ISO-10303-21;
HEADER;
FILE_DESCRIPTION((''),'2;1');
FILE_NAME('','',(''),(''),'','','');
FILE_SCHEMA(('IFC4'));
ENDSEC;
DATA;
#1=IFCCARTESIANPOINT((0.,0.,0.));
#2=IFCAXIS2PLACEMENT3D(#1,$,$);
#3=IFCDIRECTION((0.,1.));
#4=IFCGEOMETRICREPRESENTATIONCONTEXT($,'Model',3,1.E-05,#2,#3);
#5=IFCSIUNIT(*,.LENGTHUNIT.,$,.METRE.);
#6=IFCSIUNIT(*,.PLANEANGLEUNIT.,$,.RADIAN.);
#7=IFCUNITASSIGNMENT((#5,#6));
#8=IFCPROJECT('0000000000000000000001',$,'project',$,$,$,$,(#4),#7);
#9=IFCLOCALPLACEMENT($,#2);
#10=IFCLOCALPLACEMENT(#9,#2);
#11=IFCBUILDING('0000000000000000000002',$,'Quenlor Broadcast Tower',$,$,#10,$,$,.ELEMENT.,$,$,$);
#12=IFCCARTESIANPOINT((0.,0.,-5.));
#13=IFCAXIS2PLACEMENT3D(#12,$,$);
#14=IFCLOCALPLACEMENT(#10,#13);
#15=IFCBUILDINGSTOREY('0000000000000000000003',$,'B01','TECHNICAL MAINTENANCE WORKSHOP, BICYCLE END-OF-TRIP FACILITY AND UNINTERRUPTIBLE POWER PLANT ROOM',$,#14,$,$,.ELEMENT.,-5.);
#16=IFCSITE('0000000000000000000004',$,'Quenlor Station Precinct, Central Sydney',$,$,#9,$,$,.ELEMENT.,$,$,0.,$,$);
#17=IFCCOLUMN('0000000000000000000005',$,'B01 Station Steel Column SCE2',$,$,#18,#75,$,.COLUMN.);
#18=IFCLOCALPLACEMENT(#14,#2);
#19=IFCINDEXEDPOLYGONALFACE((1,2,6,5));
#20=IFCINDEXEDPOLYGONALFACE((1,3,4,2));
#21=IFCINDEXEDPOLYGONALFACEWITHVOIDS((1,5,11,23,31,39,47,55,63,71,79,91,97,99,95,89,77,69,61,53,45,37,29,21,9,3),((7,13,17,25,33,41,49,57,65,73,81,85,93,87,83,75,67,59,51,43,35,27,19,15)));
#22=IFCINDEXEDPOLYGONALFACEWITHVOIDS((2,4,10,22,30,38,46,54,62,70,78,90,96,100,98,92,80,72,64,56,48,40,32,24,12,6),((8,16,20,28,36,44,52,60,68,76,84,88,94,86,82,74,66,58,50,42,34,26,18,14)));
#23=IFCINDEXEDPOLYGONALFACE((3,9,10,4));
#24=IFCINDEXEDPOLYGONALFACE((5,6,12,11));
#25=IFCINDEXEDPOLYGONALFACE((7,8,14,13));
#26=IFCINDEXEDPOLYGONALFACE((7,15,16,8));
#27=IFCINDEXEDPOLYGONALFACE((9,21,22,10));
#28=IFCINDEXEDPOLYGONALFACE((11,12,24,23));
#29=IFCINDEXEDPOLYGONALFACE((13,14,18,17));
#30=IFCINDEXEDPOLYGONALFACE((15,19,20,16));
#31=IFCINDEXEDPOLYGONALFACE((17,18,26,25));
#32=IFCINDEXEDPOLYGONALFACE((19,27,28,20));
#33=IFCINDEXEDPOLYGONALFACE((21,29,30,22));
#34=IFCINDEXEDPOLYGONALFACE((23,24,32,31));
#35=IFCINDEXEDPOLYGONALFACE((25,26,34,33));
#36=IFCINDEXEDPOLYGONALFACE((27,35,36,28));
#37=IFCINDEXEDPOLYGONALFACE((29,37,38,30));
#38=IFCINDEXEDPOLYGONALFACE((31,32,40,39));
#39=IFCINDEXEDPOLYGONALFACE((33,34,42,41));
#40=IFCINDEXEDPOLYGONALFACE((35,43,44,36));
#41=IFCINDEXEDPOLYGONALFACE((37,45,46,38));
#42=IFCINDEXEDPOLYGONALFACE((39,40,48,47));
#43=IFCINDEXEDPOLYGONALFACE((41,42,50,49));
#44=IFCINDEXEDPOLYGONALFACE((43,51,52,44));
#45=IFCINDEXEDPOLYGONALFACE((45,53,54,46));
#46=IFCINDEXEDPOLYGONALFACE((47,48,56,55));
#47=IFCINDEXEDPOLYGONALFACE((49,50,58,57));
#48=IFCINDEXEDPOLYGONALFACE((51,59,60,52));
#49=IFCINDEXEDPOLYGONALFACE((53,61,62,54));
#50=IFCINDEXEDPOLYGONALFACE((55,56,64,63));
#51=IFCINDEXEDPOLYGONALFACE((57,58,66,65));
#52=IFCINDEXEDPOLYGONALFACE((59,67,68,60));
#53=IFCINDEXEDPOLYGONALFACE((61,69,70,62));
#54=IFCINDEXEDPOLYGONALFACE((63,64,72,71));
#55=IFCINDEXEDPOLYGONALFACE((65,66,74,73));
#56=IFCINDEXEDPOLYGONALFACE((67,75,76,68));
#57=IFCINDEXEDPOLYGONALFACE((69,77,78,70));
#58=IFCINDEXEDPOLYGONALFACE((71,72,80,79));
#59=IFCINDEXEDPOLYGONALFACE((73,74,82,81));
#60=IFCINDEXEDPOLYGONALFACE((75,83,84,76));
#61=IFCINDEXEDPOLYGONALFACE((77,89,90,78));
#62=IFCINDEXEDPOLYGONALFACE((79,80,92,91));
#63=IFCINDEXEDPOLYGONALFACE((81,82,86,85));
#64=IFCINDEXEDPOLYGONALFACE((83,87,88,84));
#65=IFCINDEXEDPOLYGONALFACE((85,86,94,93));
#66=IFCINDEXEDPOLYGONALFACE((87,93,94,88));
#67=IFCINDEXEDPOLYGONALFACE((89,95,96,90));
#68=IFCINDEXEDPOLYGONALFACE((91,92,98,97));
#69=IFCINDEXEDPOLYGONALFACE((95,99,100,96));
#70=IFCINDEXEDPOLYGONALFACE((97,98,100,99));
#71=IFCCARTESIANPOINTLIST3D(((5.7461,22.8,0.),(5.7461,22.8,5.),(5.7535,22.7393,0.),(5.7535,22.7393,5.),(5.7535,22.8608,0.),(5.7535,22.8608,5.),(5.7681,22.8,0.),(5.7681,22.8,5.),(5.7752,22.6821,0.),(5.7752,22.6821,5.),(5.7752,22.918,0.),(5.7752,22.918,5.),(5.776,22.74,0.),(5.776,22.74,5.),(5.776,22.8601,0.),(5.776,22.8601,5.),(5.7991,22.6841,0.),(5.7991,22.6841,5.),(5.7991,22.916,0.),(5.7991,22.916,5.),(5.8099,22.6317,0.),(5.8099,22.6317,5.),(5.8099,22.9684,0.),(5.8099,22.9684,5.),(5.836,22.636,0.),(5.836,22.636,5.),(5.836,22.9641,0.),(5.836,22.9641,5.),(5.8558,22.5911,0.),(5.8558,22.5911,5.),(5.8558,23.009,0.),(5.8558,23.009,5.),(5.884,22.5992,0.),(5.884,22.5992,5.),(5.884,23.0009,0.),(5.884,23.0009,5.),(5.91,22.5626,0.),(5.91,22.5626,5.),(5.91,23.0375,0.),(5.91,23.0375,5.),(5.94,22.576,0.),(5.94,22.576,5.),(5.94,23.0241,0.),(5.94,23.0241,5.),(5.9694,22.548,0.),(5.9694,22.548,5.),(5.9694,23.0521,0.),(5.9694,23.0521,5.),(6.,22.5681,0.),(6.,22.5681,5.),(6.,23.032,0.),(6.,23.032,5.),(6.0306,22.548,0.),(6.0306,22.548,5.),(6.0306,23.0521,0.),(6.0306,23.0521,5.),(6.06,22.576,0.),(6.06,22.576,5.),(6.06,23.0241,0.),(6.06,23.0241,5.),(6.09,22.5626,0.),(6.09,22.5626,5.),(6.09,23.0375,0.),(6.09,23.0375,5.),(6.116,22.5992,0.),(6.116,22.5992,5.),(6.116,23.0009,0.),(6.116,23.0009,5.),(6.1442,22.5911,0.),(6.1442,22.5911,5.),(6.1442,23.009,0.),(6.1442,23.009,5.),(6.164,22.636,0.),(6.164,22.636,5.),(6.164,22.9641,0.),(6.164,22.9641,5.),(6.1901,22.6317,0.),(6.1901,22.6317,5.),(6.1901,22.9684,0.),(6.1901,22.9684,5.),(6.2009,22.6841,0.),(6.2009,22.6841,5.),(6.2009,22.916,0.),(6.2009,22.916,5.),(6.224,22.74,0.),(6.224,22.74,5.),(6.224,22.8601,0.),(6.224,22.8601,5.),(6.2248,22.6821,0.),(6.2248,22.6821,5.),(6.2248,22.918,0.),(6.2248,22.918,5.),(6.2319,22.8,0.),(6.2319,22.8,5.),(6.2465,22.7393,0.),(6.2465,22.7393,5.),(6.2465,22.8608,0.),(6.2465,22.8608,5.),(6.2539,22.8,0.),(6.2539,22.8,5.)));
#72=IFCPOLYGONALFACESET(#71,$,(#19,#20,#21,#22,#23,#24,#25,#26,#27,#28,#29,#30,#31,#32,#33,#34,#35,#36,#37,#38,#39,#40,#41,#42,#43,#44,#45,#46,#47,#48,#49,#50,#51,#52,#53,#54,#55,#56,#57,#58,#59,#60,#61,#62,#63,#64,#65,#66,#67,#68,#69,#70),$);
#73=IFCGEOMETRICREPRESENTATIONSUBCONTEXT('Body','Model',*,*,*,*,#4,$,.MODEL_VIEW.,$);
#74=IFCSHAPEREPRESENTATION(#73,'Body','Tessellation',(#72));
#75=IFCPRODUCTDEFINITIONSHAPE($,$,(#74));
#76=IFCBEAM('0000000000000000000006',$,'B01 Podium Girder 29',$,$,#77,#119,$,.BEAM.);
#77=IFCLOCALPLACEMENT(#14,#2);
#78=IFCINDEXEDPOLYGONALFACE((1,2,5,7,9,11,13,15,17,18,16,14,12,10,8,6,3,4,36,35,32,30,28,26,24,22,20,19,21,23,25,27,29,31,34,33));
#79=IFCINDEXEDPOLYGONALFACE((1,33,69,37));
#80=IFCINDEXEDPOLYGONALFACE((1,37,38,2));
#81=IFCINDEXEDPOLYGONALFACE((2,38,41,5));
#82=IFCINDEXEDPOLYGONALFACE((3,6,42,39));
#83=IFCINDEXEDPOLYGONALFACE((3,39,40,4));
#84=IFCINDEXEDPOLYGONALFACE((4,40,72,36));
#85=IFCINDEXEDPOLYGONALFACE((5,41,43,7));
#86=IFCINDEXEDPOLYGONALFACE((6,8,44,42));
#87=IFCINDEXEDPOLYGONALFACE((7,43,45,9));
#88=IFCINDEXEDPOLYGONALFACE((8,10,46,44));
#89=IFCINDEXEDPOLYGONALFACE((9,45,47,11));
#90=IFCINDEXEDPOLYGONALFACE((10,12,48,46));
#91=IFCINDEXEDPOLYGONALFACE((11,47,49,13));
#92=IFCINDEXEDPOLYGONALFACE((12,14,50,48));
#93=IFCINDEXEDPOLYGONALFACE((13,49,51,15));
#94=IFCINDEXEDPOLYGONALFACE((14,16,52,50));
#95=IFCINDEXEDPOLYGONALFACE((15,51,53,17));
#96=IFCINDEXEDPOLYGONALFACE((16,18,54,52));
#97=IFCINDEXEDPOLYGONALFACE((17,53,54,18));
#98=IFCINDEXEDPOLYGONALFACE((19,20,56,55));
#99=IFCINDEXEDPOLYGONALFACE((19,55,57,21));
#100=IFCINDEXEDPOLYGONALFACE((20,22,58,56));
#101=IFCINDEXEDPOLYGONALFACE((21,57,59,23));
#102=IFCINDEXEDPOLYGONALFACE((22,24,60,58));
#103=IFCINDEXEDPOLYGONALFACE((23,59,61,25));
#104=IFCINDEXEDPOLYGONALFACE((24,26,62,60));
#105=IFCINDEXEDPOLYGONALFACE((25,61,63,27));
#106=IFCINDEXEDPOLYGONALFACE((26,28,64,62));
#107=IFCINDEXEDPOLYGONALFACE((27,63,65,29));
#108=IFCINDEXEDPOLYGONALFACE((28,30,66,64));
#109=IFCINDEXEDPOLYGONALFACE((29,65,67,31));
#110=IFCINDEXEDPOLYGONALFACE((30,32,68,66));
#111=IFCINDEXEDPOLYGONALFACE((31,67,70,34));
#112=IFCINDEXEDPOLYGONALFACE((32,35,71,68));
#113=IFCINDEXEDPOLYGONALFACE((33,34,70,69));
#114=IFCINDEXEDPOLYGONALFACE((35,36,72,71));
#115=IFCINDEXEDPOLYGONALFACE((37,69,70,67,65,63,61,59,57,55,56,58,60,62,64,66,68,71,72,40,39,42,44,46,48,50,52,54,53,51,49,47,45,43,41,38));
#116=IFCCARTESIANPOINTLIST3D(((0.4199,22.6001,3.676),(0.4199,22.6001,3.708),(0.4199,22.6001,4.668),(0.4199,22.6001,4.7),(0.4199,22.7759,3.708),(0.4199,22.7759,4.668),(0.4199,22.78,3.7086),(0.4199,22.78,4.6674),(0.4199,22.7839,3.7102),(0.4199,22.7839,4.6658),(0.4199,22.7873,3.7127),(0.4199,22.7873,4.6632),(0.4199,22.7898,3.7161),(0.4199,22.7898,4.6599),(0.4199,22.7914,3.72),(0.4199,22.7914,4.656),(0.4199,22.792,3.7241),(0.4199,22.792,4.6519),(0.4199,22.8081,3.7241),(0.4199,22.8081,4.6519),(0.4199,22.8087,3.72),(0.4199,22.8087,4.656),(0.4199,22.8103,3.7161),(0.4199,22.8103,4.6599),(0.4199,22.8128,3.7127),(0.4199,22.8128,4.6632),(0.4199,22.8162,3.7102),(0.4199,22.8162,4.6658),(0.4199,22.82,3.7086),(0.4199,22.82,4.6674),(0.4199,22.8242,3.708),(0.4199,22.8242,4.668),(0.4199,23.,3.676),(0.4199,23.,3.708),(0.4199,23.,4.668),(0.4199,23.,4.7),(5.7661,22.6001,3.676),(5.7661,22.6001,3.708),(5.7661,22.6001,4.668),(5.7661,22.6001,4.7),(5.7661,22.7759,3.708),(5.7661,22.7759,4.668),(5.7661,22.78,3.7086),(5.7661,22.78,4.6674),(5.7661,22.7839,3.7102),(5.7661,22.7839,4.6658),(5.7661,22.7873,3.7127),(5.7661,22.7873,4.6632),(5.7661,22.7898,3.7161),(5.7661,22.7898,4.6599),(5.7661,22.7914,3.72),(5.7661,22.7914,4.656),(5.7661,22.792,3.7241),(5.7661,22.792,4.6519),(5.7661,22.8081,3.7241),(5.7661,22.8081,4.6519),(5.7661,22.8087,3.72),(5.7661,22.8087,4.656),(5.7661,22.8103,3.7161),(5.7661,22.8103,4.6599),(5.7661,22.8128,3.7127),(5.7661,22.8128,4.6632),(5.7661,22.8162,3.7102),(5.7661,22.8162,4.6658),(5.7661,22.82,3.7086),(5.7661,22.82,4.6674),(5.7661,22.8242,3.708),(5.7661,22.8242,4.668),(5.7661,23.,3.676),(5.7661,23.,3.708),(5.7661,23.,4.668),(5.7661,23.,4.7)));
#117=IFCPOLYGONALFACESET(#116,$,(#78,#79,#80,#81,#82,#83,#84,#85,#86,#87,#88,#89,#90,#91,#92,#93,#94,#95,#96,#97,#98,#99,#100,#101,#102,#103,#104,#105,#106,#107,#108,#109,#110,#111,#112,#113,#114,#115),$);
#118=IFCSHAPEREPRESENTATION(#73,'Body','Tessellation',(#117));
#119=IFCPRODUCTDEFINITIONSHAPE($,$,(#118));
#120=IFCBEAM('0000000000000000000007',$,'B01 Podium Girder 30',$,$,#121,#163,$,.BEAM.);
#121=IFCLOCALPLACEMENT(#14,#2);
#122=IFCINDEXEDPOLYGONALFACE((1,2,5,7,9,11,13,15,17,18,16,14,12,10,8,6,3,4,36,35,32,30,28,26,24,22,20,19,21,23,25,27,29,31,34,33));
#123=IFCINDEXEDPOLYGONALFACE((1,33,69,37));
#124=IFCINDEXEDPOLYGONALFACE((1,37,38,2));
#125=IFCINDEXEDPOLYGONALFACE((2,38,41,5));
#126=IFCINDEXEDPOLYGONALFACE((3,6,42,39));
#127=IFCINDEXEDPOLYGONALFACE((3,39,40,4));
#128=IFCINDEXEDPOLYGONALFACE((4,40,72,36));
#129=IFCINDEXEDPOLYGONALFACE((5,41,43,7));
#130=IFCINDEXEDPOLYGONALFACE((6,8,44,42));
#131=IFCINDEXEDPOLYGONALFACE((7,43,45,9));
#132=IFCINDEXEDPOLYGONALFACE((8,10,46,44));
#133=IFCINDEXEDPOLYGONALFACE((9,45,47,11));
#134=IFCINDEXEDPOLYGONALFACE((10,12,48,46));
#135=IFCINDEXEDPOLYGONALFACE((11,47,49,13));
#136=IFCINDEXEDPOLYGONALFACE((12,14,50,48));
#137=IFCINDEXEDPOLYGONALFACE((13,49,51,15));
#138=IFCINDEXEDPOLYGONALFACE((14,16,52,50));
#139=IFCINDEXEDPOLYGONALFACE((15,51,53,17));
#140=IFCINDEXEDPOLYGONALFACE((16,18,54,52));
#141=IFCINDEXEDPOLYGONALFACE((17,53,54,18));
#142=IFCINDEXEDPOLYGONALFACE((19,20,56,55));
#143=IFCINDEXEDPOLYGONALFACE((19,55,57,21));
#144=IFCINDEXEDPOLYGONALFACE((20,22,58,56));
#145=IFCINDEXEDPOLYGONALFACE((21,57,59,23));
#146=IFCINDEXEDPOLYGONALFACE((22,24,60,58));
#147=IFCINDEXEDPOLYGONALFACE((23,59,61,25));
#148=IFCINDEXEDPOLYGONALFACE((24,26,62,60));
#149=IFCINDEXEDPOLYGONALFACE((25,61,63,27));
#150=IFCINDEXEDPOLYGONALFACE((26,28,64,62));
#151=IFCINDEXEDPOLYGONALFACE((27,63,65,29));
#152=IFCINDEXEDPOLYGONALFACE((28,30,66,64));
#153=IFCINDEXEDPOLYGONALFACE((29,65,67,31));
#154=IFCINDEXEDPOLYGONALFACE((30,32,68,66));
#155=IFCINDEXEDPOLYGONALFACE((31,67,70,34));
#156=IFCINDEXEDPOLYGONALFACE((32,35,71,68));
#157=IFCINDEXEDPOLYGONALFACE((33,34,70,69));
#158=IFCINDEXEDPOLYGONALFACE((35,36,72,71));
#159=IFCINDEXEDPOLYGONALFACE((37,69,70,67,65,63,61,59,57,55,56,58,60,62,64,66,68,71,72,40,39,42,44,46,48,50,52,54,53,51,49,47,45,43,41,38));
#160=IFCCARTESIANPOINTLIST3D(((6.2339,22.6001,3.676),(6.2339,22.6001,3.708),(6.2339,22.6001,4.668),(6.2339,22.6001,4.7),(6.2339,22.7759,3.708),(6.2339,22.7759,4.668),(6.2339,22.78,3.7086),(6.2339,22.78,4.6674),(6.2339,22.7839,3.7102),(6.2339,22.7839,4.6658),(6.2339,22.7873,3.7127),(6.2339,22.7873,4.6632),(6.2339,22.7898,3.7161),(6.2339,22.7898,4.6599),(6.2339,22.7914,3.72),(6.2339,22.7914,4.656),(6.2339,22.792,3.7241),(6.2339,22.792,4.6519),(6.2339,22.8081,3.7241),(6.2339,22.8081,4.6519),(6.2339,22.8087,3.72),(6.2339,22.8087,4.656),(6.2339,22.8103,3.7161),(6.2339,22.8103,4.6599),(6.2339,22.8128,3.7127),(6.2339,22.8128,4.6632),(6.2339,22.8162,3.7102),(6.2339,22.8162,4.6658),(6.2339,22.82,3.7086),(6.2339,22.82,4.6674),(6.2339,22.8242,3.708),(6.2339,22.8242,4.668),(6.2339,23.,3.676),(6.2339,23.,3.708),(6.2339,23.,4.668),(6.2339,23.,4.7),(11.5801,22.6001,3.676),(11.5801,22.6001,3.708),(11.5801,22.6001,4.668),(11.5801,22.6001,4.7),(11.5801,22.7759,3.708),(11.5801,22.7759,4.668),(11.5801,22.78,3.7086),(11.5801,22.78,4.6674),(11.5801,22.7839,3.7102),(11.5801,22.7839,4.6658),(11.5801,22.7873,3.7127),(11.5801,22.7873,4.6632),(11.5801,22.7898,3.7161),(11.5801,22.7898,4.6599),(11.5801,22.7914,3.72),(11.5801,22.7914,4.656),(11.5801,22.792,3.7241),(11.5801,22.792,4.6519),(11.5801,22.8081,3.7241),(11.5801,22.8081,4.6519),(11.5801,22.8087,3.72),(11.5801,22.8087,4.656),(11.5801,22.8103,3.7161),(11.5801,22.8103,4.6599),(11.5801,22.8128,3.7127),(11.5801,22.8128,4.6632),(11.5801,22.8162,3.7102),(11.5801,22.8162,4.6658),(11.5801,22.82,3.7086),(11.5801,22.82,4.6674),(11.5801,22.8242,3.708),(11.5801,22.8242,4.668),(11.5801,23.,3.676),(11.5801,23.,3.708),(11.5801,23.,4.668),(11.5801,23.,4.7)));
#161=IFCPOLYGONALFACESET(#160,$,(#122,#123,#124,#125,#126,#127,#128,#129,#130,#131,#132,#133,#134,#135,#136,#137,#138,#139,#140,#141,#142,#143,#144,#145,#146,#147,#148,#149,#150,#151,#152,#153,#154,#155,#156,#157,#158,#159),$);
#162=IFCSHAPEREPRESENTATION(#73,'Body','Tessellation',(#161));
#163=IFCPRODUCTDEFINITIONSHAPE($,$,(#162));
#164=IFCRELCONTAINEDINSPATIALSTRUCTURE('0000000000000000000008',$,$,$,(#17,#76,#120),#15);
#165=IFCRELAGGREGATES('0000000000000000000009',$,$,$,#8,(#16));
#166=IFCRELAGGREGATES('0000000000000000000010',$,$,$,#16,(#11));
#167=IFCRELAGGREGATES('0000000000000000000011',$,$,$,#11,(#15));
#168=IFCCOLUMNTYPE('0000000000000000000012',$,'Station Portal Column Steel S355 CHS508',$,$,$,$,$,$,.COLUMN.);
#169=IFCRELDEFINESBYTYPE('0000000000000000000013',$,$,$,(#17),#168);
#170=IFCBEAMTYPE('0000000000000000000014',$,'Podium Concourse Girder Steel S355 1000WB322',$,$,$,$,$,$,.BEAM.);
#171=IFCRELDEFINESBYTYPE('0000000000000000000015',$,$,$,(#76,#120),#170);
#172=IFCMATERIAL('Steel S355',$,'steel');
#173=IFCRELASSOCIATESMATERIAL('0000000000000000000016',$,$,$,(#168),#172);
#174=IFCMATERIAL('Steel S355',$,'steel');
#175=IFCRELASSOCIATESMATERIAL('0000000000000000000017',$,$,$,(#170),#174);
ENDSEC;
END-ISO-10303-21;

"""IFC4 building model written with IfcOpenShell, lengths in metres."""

from ifc_helpers import new_model, si_unit, direction, frame, origin, origin_2d, place, context, subcontext, project, spatial, hollow_circle, i_section, extrude, material, material_profile, profile_set, type_object, element, save


model = new_model("IFC4")

# Units and contexts
model_context = context("Model", 3, precision=1e-05, world=origin(), true_north=direction((0.0, 1.0)))
body_context = subcontext(model_context, "Body", "Model", "MODEL_VIEW")
ifc_project = project(units=[si_unit("LENGTHUNIT", "METRE"), si_unit("PLANEANGLEUNIT", "RADIAN")], contexts=[model_context])

# Site, building, storey
site_placement = place(None, origin())
site = spatial("IfcSite", under=ifc_project, at=site_placement, Name="Quenlor Station Precinct, Central Sydney", CompositionType="ELEMENT", RefElevation=0.0)
building_placement = place(site_placement, origin())
building = spatial("IfcBuilding", under=site, at=building_placement, Name="Quenlor Broadcast Tower", CompositionType="ELEMENT")
storey_placement = place(building_placement, frame((0.0, 0.0, -5.0)))
storey = spatial("IfcBuildingStorey", under=building, at=storey_placement, Name="B01", Description="TECHNICAL MAINTENANCE WORKSHOP, BICYCLE END-OF-TRIP FACILITY AND UNINTERRUPTIBLE POWER PLANT ROOM", CompositionType="ELEMENT", Elevation=-5.0)

# Column
ifc_material_1 = material(Name="Steel S355", Category="steel")
ifc_material_profile_1 = material_profile(ifc_material_1, hollow_circle(Radius=0.2539, WallThickness=0.022, at=origin_2d()))
ifc_profile_set_1 = profile_set([ifc_material_profile_1], Name="Steel S355 CHS508x22")
column_type_1 = type_object("IfcColumnType", Name="Station Portal Column Steel S355 CHS508", PredefinedType="COLUMN", material=ifc_profile_set_1)
column_1_placement = place(storey_placement, frame((6.0, 22.8, 0.0), z_axis=(0.0, 0.0, 1.0), x_axis=(1.0, 0.0, 0.0)))
element("IfcColumn", 1, at=column_1_placement, inside=storey, type_object=column_type_1, Name="B01 Station Steel Column SCE2", PredefinedType="COLUMN", context=body_context, shape_type="SweptSolid", body=[
    extrude(hollow_circle(Radius=0.2539, WallThickness=0.022, at=origin_2d()), origin(), (0.0, 0.0, 1.0), 5.0),
])

# Beams
ifc_material_2 = material(Name="Steel S355", Category="steel")
ifc_material_profile_2 = material_profile(ifc_material_2, i_section(OverallWidth=0.3999, OverallDepth=1.0239, WebThickness=0.0161, FlangeThickness=0.032, FilletRadius=0.0161, at=origin_2d()))
ifc_profile_set_2 = profile_set([ifc_material_profile_2], Name="Steel S355 1000WB322")
beam_type_1 = type_object("IfcBeamType", Name="Podium Concourse Girder Steel S355 1000WB322", PredefinedType="BEAM", material=ifc_profile_set_2)
for number, where, z_axis, x_axis, name in (
    (2, (0.4199, 22.8, 4.188), (1.0, 0.0, 0.0), (0.0, 1.0, 0.0), "B01 Podium Girder 29"),
    (3, (6.2339, 22.8, 4.188), (1.0, 0.0, 0.0), (0.0, 1.0, 0.0), "B01 Podium Girder 30"),
):
    element("IfcBeam", number, at=place(storey_placement, frame(where, z_axis=z_axis, x_axis=x_axis)), inside=storey, type_object=beam_type_1, Name=name, PredefinedType="BEAM", context=body_context, shape_type="SweptSolid", body=[
        extrude(i_section(OverallWidth=0.3999, OverallDepth=1.0239, WebThickness=0.0161, FlangeThickness=0.032, FilletRadius=0.0161, at=origin_2d()), origin(), (0.0, 0.0, 1.0), 5.3462),
    ])

save(model, "model.ifc")
